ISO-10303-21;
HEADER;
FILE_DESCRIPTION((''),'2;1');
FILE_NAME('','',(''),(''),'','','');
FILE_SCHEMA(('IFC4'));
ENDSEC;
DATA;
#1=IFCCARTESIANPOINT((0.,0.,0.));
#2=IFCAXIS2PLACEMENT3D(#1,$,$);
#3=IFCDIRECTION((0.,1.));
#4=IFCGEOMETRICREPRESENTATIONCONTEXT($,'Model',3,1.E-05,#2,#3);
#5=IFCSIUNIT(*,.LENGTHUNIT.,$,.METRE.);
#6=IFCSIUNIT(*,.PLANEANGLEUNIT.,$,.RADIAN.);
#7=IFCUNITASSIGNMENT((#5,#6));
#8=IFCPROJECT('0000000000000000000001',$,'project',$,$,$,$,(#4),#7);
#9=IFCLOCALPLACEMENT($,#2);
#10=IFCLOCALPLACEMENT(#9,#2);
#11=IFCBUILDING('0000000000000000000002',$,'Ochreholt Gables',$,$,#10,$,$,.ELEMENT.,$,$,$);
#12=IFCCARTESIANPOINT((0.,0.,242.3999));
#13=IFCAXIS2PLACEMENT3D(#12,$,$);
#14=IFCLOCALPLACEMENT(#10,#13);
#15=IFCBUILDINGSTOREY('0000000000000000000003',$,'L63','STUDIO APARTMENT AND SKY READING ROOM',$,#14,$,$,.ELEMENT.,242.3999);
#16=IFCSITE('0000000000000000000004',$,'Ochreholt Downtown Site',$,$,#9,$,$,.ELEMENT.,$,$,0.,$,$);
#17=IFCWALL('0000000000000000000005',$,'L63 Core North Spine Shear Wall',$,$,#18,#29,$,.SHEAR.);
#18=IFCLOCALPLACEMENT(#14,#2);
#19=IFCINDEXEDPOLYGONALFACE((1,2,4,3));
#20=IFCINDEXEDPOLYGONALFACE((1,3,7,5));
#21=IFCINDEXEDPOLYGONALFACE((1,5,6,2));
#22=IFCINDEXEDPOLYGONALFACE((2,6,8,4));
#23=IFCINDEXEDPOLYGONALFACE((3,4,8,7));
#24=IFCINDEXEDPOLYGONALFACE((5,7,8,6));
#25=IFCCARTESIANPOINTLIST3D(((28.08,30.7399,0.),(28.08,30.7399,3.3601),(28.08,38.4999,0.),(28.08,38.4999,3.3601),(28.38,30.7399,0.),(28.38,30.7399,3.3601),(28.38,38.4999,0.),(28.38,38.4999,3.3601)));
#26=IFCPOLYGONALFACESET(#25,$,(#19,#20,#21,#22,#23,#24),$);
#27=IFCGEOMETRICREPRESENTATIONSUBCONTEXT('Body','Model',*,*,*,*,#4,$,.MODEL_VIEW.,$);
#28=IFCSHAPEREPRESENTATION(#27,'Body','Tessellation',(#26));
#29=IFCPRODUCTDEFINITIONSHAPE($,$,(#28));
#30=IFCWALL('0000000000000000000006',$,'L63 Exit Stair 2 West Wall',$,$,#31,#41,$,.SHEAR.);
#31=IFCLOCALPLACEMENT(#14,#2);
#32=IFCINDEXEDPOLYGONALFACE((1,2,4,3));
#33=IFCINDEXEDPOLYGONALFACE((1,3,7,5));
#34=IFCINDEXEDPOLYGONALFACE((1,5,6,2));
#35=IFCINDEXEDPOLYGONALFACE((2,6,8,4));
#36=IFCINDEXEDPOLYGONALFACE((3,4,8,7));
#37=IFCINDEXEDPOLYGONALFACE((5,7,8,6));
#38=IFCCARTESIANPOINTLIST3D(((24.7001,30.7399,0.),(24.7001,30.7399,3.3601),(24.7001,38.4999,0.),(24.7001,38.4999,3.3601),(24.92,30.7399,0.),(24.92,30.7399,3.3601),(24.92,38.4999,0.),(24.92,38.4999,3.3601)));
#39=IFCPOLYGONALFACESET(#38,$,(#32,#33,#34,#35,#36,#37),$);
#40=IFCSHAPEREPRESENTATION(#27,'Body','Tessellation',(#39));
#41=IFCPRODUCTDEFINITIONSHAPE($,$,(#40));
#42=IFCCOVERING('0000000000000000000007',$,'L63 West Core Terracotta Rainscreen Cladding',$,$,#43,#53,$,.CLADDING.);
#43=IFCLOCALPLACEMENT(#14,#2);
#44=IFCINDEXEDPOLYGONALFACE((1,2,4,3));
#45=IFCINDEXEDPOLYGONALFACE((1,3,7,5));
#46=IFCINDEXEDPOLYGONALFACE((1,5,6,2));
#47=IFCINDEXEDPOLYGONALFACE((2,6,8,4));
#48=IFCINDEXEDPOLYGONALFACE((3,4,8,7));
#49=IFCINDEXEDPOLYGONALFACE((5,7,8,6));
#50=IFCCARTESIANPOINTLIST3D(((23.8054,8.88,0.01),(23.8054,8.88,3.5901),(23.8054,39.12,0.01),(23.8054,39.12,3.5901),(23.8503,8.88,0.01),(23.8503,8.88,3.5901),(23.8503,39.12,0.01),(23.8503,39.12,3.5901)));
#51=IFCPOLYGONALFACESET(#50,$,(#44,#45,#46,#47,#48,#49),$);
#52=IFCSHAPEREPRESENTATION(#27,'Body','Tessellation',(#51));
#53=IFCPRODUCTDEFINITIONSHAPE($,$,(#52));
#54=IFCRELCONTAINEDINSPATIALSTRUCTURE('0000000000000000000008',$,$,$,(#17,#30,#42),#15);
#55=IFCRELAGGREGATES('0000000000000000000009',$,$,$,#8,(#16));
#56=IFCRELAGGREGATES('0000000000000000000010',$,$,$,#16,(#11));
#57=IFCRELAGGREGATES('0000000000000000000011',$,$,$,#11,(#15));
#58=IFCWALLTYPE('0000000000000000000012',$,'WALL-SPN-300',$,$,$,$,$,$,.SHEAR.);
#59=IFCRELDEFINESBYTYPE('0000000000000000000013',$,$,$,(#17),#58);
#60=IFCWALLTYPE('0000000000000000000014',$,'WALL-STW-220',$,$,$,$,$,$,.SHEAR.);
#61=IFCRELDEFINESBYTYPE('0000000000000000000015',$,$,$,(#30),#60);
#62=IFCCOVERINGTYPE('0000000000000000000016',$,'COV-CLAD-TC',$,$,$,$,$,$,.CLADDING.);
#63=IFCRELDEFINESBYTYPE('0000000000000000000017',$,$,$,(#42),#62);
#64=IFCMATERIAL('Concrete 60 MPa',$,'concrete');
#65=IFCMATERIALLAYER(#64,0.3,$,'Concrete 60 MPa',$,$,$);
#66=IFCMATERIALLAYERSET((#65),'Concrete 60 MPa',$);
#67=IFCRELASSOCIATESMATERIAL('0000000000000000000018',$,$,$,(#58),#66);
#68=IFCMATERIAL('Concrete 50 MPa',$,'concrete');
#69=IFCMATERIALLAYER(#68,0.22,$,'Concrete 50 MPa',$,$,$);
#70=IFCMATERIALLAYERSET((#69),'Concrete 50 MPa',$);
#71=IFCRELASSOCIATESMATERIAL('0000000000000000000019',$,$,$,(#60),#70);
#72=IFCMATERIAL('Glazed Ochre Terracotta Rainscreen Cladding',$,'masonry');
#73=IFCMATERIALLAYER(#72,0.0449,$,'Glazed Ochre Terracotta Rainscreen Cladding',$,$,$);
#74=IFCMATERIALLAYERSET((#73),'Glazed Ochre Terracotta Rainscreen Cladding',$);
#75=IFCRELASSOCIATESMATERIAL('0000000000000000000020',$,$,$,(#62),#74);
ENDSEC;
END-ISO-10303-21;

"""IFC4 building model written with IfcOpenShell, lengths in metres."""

from ifc_helpers import new_model, si_unit, direction, frame, frame_2d, origin, origin_2d, place, context, subcontext, project, spatial, rectangle, extrude, material, layer, layer_set, type_object, element, save


model = new_model("IFC4")

# Units and contexts
model_context = context("Model", 3, precision=1e-05, world=origin(), true_north=direction((0.0, 1.0)))
body_context = subcontext(model_context, "Body", "Model", "MODEL_VIEW")
ifc_project = project(units=[si_unit("LENGTHUNIT", "METRE"), si_unit("PLANEANGLEUNIT", "RADIAN")], contexts=[model_context])

# Site, building, storey
site_placement = place(None, origin())
site = spatial("IfcSite", under=ifc_project, at=site_placement, Name="Ochreholt Downtown Site", CompositionType="ELEMENT", RefElevation=0.0)
building_placement = place(site_placement, origin())
building = spatial("IfcBuilding", under=site, at=building_placement, Name="Ochreholt Gables", CompositionType="ELEMENT")
storey_placement = place(building_placement, frame((0.0, 0.0, 242.3999)))
storey = spatial("IfcBuildingStorey", under=building, at=storey_placement, Name="L63", Description="STUDIO APARTMENT AND SKY READING ROOM", CompositionType="ELEMENT", Elevation=242.3999)

# Shared definitions
ifc_material_1 = material(Name="Concrete 50 MPa", Category="concrete")

# Walls
ifc_material_2 = material(Name="Concrete 60 MPa", Category="concrete")
ifc_layer_1 = layer(ifc_material_2, 0.3, Name="Concrete 60 MPa")
ifc_layer_set_1 = layer_set([ifc_layer_1], Name="Concrete 60 MPa")
wall_type_1 = type_object("IfcWallType", Name="WALL-SPN-300", PredefinedType="SHEAR", material=ifc_layer_set_1)
wall_1_placement = place(storey_placement, frame((28.23, 30.74, 0.0), z_axis=(0.0, 0.0, 1.0), x_axis=(0.0, 1.0, 0.0)))
element("IfcWall", 1, at=wall_1_placement, inside=storey, type_object=wall_type_1, Name="L63 Core North Spine Shear Wall", PredefinedType="SHEAR", context=body_context, shape_type="SweptSolid", body=[
    extrude(rectangle(XDim=7.76, YDim=0.3, at=frame_2d((3.8799, 0.0))), origin(), (0.0, 0.0, 1.0), 3.3601),
])
ifc_layer_2 = layer(ifc_material_1, 0.22, Name="Concrete 50 MPa")
ifc_layer_set_2 = layer_set([ifc_layer_2], Name="Concrete 50 MPa")
wall_type_2 = type_object("IfcWallType", Name="WALL-STW-220", PredefinedType="SHEAR", material=ifc_layer_set_2)
wall_2_placement = place(storey_placement, frame((24.8101, 30.74, 0.0), z_axis=(0.0, 0.0, 1.0), x_axis=(0.0, 1.0, 0.0)))
element("IfcWall", 2, at=wall_2_placement, inside=storey, type_object=wall_type_2, Name="L63 Exit Stair 2 West Wall", PredefinedType="SHEAR", context=body_context, shape_type="SweptSolid", body=[
    extrude(rectangle(XDim=7.76, YDim=0.22, at=frame_2d((3.8799, 0.0))), origin(), (0.0, 0.0, 1.0), 3.3601),
])

# Covering
ifc_material_3 = material(Name="Glazed Ochre Terracotta Rainscreen Cladding", Category="masonry")
ifc_layer_3 = layer(ifc_material_3, 0.0449, Name="Glazed Ochre Terracotta Rainscreen Cladding")
ifc_layer_set_3 = layer_set([ifc_layer_3], Name="Glazed Ochre Terracotta Rainscreen Cladding")
covering_type = type_object("IfcCoveringType", Name="COV-CLAD-TC", PredefinedType="CLADDING", material=ifc_layer_set_3)
covering_placement = place(storey_placement, frame((23.8279, 24.0, 0.01), z_axis=(0.0, 0.0, 1.0), x_axis=(0.0, 1.0, 0.0)))
element("IfcCovering", 3, at=covering_placement, inside=storey, type_object=covering_type, Name="L63 West Core Terracotta Rainscreen Cladding", PredefinedType="CLADDING", context=body_context, shape_type="SweptSolid", body=[
    extrude(rectangle(XDim=30.24, YDim=0.0449, at=origin_2d()), origin(), (0.0, 0.0, 1.0), 3.5801),
])

save(model, "model.ifc")
